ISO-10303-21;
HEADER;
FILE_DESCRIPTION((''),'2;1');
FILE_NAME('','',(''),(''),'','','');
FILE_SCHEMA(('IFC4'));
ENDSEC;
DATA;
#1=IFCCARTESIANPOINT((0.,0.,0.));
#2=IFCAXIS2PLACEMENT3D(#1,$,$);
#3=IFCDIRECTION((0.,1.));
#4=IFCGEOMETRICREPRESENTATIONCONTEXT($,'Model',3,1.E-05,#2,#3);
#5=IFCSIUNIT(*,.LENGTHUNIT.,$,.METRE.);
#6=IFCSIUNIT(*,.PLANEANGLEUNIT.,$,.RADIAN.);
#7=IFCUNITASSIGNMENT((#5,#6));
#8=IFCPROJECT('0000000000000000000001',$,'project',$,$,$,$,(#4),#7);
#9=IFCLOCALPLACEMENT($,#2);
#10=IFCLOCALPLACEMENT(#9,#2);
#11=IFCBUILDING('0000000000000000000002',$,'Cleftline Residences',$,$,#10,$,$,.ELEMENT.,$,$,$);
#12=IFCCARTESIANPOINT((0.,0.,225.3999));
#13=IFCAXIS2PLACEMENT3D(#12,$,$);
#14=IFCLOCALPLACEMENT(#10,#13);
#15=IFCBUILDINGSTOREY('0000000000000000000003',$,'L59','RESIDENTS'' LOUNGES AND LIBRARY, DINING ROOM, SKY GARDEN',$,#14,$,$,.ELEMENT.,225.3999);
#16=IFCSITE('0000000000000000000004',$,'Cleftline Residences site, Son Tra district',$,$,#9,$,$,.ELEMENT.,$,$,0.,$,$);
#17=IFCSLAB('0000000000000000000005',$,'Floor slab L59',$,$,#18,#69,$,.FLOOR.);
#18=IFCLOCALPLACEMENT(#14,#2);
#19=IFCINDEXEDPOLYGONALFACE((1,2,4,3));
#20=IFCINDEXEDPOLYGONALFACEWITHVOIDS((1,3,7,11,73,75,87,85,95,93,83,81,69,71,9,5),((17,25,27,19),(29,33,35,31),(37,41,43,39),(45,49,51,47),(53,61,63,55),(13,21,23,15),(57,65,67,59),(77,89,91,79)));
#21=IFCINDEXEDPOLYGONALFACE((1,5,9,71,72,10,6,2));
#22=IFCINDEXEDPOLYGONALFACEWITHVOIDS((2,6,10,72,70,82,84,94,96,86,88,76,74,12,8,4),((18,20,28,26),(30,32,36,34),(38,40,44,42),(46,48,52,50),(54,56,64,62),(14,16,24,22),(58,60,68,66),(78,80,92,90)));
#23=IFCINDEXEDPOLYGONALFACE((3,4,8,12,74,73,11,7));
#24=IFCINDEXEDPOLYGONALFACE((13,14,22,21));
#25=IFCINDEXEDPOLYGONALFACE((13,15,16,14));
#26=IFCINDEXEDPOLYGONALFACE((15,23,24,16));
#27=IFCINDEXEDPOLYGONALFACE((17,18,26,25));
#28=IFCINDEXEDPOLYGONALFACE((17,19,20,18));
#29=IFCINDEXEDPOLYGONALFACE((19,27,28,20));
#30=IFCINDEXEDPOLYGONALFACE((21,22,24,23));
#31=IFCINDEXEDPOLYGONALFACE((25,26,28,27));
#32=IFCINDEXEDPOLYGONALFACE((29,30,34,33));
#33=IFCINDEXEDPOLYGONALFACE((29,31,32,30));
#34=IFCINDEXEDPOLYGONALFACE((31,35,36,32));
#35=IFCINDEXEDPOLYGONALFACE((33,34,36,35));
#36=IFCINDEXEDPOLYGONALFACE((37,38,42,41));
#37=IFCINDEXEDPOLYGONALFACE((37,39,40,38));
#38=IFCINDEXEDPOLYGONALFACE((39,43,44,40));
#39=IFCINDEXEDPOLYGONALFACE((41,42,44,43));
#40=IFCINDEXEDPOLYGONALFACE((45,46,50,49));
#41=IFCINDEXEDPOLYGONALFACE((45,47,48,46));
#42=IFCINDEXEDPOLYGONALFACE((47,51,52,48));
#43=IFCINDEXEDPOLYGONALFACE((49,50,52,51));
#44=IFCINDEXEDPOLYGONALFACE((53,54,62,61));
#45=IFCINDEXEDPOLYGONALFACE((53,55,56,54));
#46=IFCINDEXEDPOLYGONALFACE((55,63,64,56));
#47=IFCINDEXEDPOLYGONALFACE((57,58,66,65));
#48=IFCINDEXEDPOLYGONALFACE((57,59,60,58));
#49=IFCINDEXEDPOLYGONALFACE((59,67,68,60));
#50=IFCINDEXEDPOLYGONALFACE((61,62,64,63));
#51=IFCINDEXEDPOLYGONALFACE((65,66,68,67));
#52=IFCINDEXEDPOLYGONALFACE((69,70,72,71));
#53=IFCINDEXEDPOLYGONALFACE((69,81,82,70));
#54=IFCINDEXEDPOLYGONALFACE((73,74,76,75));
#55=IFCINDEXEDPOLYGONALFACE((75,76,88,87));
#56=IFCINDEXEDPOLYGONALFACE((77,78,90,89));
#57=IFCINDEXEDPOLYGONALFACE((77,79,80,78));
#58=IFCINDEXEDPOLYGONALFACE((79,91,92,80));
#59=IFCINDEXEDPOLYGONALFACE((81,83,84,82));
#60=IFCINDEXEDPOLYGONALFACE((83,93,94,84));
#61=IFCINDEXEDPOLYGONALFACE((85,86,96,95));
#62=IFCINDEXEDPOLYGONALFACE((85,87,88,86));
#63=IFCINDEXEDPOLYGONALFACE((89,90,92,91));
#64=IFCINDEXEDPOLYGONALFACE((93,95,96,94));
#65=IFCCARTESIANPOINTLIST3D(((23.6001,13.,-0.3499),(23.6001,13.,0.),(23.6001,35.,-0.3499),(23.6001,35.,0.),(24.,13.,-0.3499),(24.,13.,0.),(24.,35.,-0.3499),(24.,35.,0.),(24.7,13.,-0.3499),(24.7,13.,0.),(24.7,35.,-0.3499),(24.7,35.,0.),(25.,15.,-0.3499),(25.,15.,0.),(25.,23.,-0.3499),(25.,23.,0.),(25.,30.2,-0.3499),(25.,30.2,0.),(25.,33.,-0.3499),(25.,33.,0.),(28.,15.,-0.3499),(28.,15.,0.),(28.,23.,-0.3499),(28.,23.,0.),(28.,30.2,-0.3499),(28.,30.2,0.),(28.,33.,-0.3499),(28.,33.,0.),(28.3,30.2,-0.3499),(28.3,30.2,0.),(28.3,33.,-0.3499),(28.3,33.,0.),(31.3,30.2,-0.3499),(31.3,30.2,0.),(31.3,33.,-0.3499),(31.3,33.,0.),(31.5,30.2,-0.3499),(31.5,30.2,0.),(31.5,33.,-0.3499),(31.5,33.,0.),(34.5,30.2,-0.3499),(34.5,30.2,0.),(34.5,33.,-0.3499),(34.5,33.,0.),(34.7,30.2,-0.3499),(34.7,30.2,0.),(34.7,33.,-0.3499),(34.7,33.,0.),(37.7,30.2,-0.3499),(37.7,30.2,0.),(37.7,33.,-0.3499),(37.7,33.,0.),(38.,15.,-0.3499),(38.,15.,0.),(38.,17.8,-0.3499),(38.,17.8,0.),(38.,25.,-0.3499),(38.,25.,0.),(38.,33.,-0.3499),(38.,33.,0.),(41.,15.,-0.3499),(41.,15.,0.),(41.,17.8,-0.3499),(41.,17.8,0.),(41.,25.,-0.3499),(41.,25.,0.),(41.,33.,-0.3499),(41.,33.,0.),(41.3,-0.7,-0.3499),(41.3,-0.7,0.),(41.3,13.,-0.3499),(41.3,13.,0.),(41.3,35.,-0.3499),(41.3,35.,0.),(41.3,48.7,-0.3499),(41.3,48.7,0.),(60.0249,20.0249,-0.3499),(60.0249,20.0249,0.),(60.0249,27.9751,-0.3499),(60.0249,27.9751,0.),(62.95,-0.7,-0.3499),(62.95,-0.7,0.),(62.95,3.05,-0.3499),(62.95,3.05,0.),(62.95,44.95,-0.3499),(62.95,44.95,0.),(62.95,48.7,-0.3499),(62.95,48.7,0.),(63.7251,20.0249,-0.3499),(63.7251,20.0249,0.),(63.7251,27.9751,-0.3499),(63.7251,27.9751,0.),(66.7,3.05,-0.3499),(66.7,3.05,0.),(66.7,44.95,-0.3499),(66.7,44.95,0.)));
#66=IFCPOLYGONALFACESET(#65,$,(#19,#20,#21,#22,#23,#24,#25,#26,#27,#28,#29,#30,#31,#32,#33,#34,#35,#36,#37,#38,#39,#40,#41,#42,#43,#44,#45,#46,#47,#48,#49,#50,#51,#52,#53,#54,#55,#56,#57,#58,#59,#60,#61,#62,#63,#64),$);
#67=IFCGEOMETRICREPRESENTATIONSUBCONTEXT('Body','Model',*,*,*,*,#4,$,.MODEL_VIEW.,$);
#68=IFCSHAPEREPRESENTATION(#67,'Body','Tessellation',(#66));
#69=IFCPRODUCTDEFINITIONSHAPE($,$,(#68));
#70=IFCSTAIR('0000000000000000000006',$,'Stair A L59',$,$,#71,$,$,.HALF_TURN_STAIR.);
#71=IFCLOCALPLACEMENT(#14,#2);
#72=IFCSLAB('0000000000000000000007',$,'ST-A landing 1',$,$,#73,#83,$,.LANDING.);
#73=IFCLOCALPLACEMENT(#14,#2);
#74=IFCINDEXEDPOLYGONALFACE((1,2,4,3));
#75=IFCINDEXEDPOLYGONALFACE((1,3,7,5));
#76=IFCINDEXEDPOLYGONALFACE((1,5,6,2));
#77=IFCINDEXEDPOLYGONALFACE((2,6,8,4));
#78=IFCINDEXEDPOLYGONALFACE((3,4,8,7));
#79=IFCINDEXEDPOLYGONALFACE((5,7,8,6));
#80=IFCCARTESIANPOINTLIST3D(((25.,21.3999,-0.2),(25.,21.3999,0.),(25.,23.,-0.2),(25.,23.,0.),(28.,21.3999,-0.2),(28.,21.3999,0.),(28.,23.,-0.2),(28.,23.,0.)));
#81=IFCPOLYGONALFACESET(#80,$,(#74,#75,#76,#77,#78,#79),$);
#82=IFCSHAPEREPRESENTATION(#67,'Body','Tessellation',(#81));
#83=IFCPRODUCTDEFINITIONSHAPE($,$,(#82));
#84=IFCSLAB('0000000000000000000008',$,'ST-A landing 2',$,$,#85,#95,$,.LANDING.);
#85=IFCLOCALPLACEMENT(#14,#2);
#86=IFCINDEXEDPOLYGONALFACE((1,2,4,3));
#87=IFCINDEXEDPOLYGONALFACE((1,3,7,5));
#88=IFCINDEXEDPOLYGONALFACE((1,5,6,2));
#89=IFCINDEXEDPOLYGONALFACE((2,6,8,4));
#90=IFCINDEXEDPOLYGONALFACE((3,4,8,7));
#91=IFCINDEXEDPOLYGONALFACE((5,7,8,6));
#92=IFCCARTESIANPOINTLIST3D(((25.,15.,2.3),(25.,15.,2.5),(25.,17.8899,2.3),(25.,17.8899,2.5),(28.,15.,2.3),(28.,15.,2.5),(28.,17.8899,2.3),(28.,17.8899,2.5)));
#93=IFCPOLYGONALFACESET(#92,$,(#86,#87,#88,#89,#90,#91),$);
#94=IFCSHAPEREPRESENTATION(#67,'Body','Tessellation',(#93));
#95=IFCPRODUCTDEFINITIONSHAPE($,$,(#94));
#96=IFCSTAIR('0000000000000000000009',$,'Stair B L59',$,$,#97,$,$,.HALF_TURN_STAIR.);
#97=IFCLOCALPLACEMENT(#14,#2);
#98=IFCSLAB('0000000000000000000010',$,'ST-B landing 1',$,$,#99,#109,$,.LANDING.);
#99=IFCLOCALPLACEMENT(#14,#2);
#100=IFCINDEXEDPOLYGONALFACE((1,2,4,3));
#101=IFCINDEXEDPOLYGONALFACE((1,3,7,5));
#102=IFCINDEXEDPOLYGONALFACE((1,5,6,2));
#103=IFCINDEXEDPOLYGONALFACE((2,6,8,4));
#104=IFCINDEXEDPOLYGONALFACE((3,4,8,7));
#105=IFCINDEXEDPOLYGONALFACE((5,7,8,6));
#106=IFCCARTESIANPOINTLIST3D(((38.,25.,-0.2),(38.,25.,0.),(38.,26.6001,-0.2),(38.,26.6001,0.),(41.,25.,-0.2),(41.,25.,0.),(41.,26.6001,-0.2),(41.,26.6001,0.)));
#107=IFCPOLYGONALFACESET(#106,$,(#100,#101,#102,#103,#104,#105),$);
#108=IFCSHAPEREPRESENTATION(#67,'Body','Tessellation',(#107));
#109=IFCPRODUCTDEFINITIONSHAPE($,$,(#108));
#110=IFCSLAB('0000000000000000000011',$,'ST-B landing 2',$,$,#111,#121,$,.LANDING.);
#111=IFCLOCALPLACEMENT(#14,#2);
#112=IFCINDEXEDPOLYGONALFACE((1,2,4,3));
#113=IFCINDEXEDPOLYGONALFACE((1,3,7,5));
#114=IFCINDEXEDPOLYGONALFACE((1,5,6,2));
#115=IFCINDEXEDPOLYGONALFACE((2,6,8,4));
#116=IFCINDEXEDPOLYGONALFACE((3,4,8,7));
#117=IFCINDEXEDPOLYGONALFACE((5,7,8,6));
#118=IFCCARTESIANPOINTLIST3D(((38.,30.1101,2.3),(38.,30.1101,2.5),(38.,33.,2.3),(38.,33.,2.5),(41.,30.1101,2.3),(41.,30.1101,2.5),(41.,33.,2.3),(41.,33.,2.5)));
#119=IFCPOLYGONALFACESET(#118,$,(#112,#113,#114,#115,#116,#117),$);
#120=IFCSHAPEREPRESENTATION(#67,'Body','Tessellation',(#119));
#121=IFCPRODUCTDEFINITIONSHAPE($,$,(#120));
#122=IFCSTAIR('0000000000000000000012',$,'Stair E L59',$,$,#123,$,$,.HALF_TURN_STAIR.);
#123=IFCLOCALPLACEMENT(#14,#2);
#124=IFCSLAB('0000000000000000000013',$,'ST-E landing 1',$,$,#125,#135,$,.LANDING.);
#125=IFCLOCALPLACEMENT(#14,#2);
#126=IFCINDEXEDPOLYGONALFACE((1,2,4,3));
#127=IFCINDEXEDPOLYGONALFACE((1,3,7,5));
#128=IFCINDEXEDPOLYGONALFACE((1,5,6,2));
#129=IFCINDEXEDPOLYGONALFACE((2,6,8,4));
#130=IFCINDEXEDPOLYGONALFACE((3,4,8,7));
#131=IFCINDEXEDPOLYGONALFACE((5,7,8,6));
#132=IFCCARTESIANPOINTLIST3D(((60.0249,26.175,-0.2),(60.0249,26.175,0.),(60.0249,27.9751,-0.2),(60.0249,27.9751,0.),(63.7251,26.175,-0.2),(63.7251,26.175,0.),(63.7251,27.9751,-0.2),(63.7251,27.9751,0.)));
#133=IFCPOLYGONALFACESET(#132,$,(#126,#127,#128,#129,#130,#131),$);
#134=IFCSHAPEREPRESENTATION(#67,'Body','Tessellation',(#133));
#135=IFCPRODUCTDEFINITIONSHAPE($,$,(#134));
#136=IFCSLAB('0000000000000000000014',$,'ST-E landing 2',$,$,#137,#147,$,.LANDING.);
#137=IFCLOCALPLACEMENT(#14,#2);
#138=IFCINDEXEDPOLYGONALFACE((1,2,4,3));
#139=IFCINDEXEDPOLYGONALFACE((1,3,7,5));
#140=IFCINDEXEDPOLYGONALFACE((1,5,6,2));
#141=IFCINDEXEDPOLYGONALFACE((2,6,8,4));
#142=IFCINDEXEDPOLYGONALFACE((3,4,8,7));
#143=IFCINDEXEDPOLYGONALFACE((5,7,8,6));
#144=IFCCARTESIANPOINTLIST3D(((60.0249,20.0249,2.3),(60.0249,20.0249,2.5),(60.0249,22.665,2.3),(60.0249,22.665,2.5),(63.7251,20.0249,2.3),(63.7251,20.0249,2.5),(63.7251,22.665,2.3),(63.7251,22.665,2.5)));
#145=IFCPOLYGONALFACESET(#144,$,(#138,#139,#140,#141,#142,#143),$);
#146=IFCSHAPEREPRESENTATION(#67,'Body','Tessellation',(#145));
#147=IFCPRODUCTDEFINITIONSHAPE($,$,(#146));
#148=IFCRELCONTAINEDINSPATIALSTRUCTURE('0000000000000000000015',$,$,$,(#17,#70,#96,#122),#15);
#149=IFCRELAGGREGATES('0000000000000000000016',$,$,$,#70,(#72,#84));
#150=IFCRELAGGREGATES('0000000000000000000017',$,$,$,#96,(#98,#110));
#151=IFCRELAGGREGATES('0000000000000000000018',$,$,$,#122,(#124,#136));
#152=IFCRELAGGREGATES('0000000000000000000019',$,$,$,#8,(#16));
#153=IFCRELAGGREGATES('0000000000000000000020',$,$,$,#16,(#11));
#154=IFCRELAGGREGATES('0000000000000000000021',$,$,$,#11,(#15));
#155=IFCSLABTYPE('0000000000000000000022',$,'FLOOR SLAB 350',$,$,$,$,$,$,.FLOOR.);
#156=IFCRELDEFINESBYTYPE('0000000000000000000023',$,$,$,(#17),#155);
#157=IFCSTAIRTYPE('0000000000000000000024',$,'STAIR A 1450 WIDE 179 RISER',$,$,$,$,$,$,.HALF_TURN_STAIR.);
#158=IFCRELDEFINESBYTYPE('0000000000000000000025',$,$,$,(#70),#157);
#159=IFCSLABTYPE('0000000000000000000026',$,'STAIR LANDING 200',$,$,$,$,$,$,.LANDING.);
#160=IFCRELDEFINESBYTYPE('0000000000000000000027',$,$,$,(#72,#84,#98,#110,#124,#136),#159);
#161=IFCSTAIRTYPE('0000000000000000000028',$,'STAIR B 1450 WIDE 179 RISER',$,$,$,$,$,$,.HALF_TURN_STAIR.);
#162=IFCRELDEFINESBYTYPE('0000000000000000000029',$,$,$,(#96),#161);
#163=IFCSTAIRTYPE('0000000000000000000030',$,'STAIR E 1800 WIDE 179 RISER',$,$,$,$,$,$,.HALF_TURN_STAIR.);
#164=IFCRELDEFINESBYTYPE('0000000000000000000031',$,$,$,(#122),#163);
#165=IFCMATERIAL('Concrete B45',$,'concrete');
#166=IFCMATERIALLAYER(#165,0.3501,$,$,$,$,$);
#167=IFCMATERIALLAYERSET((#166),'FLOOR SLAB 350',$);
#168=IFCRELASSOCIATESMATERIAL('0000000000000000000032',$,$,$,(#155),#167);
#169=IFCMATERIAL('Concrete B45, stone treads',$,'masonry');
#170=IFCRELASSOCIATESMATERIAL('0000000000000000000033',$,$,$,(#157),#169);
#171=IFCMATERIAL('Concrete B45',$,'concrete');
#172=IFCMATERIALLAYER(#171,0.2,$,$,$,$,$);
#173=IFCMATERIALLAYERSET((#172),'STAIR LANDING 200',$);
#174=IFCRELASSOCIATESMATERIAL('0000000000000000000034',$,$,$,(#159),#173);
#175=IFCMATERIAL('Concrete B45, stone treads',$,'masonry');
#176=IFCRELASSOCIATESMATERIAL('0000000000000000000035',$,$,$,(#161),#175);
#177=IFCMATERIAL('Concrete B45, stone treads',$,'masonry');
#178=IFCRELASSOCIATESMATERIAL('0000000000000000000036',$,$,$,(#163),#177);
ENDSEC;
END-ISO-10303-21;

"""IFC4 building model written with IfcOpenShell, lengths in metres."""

from ifc_helpers import new_model, si_unit, direction, frame, origin, place, context, subcontext, project, spatial, polyline, outline, extrude, material, layer, layer_set, type_object, element, aggregate, save


model = new_model("IFC4")

# Units and contexts
model_context = context("Model", 3, precision=1e-05, world=origin(), true_north=direction((0.0, 1.0)))
body_context = subcontext(model_context, "Body", "Model", "MODEL_VIEW")
ifc_project = project(units=[si_unit("LENGTHUNIT", "METRE"), si_unit("PLANEANGLEUNIT", "RADIAN")], contexts=[model_context])

# Site, building, storey
site_placement = place(None, origin())
site = spatial("IfcSite", under=ifc_project, at=site_placement, Name="Cleftline Residences site, Son Tra district", CompositionType="ELEMENT", RefElevation=0.0)
building_placement = place(site_placement, origin())
building = spatial("IfcBuilding", under=site, at=building_placement, Name="Cleftline Residences", CompositionType="ELEMENT")
storey_placement = place(building_placement, frame((0.0, 0.0, 225.3999)))
storey = spatial("IfcBuildingStorey", under=building, at=storey_placement, Name="L59", Description="RESIDENTS' LOUNGES AND LIBRARY, DINING ROOM, SKY GARDEN", CompositionType="ELEMENT", Elevation=225.3999)

# Slab
ifc_material_1 = material(Name="Concrete B45", Category="concrete")
ifc_layer_1 = layer(ifc_material_1, 0.3501)
ifc_layer_set_1 = layer_set([ifc_layer_1], Name="FLOOR SLAB 350")
slab_type_1 = type_object("IfcSlabType", Name="FLOOR SLAB 350", PredefinedType="FLOOR", material=ifc_layer_set_1)
slab_1_placement = place(storey_placement, frame((0.0, 0.0, -0.3499)))
element("IfcSlab", 1, at=slab_1_placement, inside=storey, type_object=slab_type_1, Name="Floor slab L59", PredefinedType="FLOOR", context=body_context, shape_type="SweptSolid", body=[
    extrude(outline(polyline([(23.6001, 35.0), (23.6001, 13.0), (24.0, 13.0), (24.7, 13.0), (41.3, 13.0), (41.3, -0.7), (62.95, -0.7), (62.95, 3.05), (66.7, 3.05), (66.7, 44.95), (62.95, 44.95), (62.95, 48.7), (41.3, 48.7), (41.3, 35.0), (24.7, 35.0), (24.0, 35.0), (23.6001, 35.0)]), holes=[polyline([(28.0, 15.0), (28.0, 23.0), (25.0, 23.0), (25.0, 15.0), (28.0, 15.0)]), polyline([(41.0, 25.0), (41.0, 33.0), (38.0, 33.0), (38.0, 25.0), (41.0, 25.0)]), polyline([(28.0, 30.2), (28.0, 33.0), (25.0, 33.0), (25.0, 30.2), (28.0, 30.2)]), polyline([(41.0, 15.0), (41.0, 17.8), (38.0, 17.8), (38.0, 15.0), (41.0, 15.0)]), polyline([(31.3, 30.2), (31.3, 33.0), (28.3, 33.0), (28.3, 30.2), (31.3, 30.2)]), polyline([(34.5, 30.2), (34.5, 33.0), (31.5, 33.0), (31.5, 30.2), (34.5, 30.2)]), polyline([(37.7, 30.2), (37.7, 33.0), (34.7, 33.0), (34.7, 30.2), (37.7, 30.2)]), polyline([(63.7251, 20.0249), (63.7251, 27.9751), (60.0249, 27.9751), (60.0249, 20.0249), (63.7251, 20.0249)])]), origin(), (0.0, 0.0, 1.0), 0.3499),
])

# Stairs, slabs
ifc_material_2 = material(Name="Concrete B45, stone treads", Category="masonry")
stair_type_1 = type_object("IfcStairType", Name="STAIR A 1450 WIDE 179 RISER", PredefinedType="HALF_TURN_STAIR", material=ifc_material_2)
stair_1_placement = place(storey_placement, origin())
stair_1 = element("IfcStair", 2, at=stair_1_placement, inside=storey, type_object=stair_type_1, Name="Stair A L59", PredefinedType="HALF_TURN_STAIR")
ifc_material_3 = material(Name="Concrete B45", Category="concrete")
ifc_layer_2 = layer(ifc_material_3, 0.2)
ifc_layer_set_2 = layer_set([ifc_layer_2], Name="STAIR LANDING 200")
slab_type_2 = type_object("IfcSlabType", Name="STAIR LANDING 200", PredefinedType="LANDING", material=ifc_layer_set_2)
slab_2_placement = place(storey_placement, frame((0.0, 0.0, -0.2)))
slab_2 = element("IfcSlab", 3, at=slab_2_placement, type_object=slab_type_2, Name="ST-A landing 1", PredefinedType="LANDING", context=body_context, shape_type="SweptSolid", body=[
    extrude(outline(polyline([(25.0, 21.3999), (28.0, 21.3999), (28.0, 23.0), (25.0, 23.0), (25.0, 21.3999)])), origin(), (0.0, 0.0, 1.0), 0.2),
])
slab_3_placement = place(storey_placement, frame((0.0, 0.0, 2.3)))
slab_3 = element("IfcSlab", 4, at=slab_3_placement, type_object=slab_type_2, Name="ST-A landing 2", PredefinedType="LANDING", context=body_context, shape_type="SweptSolid", body=[
    extrude(outline(polyline([(25.0, 15.0), (28.0, 15.0), (28.0, 17.8899), (25.0, 17.8899), (25.0, 15.0)])), origin(), (0.0, 0.0, 1.0), 0.2),
])
aggregate(stair_1, [slab_2, slab_3])
ifc_material_4 = material(Name="Concrete B45, stone treads", Category="masonry")
stair_type_2 = type_object("IfcStairType", Name="STAIR B 1450 WIDE 179 RISER", PredefinedType="HALF_TURN_STAIR", material=ifc_material_4)
stair_2_placement = place(storey_placement, origin())
stair_2 = element("IfcStair", 5, at=stair_2_placement, inside=storey, type_object=stair_type_2, Name="Stair B L59", PredefinedType="HALF_TURN_STAIR")
slab_4_placement = place(storey_placement, frame((0.0, 0.0, -0.2)))
slab_4 = element("IfcSlab", 6, at=slab_4_placement, type_object=slab_type_2, Name="ST-B landing 1", PredefinedType="LANDING", context=body_context, shape_type="SweptSolid", body=[
    extrude(outline(polyline([(38.0, 25.0), (41.0, 25.0), (41.0, 26.6001), (38.0, 26.6001), (38.0, 25.0)])), origin(), (0.0, 0.0, 1.0), 0.2),
])
slab_5_placement = place(storey_placement, frame((0.0, 0.0, 2.3)))
slab_5 = element("IfcSlab", 7, at=slab_5_placement, type_object=slab_type_2, Name="ST-B landing 2", PredefinedType="LANDING", context=body_context, shape_type="SweptSolid", body=[
    extrude(outline(polyline([(38.0, 30.1101), (41.0, 30.1101), (41.0, 33.0), (38.0, 33.0), (38.0, 30.1101)])), origin(), (0.0, 0.0, 1.0), 0.2),
])
aggregate(stair_2, [slab_4, slab_5])
ifc_material_5 = material(Name="Concrete B45, stone treads", Category="masonry")
stair_type_3 = type_object("IfcStairType", Name="STAIR E 1800 WIDE 179 RISER", PredefinedType="HALF_TURN_STAIR", material=ifc_material_5)
stair_3_placement = place(storey_placement, origin())
stair_3 = element("IfcStair", 8, at=stair_3_placement, inside=storey, type_object=stair_type_3, Name="Stair E L59", PredefinedType="HALF_TURN_STAIR")
slab_6_placement = place(storey_placement, frame((0.0, 0.0, -0.2)))
slab_6 = element("IfcSlab", 9, at=slab_6_placement, type_object=slab_type_2, Name="ST-E landing 1", PredefinedType="LANDING", context=body_context, shape_type="SweptSolid", body=[
    extrude(outline(polyline([(60.0249, 26.175), (63.7251, 26.175), (63.7251, 27.9751), (60.0249, 27.9751), (60.0249, 26.175)])), origin(), (0.0, 0.0, 1.0), 0.2),
])
slab_7_placement = place(storey_placement, frame((0.0, 0.0, 2.3)))
slab_7 = element("IfcSlab", 10, at=slab_7_placement, type_object=slab_type_2, Name="ST-E landing 2", PredefinedType="LANDING", context=body_context, shape_type="SweptSolid", body=[
    extrude(outline(polyline([(60.0249, 20.0249), (63.7251, 20.0249), (63.7251, 22.665), (60.0249, 22.665), (60.0249, 20.0249)])), origin(), (0.0, 0.0, 1.0), 0.2),
])
aggregate(stair_3, [slab_6, slab_7])

save(model, "model.ifc")
